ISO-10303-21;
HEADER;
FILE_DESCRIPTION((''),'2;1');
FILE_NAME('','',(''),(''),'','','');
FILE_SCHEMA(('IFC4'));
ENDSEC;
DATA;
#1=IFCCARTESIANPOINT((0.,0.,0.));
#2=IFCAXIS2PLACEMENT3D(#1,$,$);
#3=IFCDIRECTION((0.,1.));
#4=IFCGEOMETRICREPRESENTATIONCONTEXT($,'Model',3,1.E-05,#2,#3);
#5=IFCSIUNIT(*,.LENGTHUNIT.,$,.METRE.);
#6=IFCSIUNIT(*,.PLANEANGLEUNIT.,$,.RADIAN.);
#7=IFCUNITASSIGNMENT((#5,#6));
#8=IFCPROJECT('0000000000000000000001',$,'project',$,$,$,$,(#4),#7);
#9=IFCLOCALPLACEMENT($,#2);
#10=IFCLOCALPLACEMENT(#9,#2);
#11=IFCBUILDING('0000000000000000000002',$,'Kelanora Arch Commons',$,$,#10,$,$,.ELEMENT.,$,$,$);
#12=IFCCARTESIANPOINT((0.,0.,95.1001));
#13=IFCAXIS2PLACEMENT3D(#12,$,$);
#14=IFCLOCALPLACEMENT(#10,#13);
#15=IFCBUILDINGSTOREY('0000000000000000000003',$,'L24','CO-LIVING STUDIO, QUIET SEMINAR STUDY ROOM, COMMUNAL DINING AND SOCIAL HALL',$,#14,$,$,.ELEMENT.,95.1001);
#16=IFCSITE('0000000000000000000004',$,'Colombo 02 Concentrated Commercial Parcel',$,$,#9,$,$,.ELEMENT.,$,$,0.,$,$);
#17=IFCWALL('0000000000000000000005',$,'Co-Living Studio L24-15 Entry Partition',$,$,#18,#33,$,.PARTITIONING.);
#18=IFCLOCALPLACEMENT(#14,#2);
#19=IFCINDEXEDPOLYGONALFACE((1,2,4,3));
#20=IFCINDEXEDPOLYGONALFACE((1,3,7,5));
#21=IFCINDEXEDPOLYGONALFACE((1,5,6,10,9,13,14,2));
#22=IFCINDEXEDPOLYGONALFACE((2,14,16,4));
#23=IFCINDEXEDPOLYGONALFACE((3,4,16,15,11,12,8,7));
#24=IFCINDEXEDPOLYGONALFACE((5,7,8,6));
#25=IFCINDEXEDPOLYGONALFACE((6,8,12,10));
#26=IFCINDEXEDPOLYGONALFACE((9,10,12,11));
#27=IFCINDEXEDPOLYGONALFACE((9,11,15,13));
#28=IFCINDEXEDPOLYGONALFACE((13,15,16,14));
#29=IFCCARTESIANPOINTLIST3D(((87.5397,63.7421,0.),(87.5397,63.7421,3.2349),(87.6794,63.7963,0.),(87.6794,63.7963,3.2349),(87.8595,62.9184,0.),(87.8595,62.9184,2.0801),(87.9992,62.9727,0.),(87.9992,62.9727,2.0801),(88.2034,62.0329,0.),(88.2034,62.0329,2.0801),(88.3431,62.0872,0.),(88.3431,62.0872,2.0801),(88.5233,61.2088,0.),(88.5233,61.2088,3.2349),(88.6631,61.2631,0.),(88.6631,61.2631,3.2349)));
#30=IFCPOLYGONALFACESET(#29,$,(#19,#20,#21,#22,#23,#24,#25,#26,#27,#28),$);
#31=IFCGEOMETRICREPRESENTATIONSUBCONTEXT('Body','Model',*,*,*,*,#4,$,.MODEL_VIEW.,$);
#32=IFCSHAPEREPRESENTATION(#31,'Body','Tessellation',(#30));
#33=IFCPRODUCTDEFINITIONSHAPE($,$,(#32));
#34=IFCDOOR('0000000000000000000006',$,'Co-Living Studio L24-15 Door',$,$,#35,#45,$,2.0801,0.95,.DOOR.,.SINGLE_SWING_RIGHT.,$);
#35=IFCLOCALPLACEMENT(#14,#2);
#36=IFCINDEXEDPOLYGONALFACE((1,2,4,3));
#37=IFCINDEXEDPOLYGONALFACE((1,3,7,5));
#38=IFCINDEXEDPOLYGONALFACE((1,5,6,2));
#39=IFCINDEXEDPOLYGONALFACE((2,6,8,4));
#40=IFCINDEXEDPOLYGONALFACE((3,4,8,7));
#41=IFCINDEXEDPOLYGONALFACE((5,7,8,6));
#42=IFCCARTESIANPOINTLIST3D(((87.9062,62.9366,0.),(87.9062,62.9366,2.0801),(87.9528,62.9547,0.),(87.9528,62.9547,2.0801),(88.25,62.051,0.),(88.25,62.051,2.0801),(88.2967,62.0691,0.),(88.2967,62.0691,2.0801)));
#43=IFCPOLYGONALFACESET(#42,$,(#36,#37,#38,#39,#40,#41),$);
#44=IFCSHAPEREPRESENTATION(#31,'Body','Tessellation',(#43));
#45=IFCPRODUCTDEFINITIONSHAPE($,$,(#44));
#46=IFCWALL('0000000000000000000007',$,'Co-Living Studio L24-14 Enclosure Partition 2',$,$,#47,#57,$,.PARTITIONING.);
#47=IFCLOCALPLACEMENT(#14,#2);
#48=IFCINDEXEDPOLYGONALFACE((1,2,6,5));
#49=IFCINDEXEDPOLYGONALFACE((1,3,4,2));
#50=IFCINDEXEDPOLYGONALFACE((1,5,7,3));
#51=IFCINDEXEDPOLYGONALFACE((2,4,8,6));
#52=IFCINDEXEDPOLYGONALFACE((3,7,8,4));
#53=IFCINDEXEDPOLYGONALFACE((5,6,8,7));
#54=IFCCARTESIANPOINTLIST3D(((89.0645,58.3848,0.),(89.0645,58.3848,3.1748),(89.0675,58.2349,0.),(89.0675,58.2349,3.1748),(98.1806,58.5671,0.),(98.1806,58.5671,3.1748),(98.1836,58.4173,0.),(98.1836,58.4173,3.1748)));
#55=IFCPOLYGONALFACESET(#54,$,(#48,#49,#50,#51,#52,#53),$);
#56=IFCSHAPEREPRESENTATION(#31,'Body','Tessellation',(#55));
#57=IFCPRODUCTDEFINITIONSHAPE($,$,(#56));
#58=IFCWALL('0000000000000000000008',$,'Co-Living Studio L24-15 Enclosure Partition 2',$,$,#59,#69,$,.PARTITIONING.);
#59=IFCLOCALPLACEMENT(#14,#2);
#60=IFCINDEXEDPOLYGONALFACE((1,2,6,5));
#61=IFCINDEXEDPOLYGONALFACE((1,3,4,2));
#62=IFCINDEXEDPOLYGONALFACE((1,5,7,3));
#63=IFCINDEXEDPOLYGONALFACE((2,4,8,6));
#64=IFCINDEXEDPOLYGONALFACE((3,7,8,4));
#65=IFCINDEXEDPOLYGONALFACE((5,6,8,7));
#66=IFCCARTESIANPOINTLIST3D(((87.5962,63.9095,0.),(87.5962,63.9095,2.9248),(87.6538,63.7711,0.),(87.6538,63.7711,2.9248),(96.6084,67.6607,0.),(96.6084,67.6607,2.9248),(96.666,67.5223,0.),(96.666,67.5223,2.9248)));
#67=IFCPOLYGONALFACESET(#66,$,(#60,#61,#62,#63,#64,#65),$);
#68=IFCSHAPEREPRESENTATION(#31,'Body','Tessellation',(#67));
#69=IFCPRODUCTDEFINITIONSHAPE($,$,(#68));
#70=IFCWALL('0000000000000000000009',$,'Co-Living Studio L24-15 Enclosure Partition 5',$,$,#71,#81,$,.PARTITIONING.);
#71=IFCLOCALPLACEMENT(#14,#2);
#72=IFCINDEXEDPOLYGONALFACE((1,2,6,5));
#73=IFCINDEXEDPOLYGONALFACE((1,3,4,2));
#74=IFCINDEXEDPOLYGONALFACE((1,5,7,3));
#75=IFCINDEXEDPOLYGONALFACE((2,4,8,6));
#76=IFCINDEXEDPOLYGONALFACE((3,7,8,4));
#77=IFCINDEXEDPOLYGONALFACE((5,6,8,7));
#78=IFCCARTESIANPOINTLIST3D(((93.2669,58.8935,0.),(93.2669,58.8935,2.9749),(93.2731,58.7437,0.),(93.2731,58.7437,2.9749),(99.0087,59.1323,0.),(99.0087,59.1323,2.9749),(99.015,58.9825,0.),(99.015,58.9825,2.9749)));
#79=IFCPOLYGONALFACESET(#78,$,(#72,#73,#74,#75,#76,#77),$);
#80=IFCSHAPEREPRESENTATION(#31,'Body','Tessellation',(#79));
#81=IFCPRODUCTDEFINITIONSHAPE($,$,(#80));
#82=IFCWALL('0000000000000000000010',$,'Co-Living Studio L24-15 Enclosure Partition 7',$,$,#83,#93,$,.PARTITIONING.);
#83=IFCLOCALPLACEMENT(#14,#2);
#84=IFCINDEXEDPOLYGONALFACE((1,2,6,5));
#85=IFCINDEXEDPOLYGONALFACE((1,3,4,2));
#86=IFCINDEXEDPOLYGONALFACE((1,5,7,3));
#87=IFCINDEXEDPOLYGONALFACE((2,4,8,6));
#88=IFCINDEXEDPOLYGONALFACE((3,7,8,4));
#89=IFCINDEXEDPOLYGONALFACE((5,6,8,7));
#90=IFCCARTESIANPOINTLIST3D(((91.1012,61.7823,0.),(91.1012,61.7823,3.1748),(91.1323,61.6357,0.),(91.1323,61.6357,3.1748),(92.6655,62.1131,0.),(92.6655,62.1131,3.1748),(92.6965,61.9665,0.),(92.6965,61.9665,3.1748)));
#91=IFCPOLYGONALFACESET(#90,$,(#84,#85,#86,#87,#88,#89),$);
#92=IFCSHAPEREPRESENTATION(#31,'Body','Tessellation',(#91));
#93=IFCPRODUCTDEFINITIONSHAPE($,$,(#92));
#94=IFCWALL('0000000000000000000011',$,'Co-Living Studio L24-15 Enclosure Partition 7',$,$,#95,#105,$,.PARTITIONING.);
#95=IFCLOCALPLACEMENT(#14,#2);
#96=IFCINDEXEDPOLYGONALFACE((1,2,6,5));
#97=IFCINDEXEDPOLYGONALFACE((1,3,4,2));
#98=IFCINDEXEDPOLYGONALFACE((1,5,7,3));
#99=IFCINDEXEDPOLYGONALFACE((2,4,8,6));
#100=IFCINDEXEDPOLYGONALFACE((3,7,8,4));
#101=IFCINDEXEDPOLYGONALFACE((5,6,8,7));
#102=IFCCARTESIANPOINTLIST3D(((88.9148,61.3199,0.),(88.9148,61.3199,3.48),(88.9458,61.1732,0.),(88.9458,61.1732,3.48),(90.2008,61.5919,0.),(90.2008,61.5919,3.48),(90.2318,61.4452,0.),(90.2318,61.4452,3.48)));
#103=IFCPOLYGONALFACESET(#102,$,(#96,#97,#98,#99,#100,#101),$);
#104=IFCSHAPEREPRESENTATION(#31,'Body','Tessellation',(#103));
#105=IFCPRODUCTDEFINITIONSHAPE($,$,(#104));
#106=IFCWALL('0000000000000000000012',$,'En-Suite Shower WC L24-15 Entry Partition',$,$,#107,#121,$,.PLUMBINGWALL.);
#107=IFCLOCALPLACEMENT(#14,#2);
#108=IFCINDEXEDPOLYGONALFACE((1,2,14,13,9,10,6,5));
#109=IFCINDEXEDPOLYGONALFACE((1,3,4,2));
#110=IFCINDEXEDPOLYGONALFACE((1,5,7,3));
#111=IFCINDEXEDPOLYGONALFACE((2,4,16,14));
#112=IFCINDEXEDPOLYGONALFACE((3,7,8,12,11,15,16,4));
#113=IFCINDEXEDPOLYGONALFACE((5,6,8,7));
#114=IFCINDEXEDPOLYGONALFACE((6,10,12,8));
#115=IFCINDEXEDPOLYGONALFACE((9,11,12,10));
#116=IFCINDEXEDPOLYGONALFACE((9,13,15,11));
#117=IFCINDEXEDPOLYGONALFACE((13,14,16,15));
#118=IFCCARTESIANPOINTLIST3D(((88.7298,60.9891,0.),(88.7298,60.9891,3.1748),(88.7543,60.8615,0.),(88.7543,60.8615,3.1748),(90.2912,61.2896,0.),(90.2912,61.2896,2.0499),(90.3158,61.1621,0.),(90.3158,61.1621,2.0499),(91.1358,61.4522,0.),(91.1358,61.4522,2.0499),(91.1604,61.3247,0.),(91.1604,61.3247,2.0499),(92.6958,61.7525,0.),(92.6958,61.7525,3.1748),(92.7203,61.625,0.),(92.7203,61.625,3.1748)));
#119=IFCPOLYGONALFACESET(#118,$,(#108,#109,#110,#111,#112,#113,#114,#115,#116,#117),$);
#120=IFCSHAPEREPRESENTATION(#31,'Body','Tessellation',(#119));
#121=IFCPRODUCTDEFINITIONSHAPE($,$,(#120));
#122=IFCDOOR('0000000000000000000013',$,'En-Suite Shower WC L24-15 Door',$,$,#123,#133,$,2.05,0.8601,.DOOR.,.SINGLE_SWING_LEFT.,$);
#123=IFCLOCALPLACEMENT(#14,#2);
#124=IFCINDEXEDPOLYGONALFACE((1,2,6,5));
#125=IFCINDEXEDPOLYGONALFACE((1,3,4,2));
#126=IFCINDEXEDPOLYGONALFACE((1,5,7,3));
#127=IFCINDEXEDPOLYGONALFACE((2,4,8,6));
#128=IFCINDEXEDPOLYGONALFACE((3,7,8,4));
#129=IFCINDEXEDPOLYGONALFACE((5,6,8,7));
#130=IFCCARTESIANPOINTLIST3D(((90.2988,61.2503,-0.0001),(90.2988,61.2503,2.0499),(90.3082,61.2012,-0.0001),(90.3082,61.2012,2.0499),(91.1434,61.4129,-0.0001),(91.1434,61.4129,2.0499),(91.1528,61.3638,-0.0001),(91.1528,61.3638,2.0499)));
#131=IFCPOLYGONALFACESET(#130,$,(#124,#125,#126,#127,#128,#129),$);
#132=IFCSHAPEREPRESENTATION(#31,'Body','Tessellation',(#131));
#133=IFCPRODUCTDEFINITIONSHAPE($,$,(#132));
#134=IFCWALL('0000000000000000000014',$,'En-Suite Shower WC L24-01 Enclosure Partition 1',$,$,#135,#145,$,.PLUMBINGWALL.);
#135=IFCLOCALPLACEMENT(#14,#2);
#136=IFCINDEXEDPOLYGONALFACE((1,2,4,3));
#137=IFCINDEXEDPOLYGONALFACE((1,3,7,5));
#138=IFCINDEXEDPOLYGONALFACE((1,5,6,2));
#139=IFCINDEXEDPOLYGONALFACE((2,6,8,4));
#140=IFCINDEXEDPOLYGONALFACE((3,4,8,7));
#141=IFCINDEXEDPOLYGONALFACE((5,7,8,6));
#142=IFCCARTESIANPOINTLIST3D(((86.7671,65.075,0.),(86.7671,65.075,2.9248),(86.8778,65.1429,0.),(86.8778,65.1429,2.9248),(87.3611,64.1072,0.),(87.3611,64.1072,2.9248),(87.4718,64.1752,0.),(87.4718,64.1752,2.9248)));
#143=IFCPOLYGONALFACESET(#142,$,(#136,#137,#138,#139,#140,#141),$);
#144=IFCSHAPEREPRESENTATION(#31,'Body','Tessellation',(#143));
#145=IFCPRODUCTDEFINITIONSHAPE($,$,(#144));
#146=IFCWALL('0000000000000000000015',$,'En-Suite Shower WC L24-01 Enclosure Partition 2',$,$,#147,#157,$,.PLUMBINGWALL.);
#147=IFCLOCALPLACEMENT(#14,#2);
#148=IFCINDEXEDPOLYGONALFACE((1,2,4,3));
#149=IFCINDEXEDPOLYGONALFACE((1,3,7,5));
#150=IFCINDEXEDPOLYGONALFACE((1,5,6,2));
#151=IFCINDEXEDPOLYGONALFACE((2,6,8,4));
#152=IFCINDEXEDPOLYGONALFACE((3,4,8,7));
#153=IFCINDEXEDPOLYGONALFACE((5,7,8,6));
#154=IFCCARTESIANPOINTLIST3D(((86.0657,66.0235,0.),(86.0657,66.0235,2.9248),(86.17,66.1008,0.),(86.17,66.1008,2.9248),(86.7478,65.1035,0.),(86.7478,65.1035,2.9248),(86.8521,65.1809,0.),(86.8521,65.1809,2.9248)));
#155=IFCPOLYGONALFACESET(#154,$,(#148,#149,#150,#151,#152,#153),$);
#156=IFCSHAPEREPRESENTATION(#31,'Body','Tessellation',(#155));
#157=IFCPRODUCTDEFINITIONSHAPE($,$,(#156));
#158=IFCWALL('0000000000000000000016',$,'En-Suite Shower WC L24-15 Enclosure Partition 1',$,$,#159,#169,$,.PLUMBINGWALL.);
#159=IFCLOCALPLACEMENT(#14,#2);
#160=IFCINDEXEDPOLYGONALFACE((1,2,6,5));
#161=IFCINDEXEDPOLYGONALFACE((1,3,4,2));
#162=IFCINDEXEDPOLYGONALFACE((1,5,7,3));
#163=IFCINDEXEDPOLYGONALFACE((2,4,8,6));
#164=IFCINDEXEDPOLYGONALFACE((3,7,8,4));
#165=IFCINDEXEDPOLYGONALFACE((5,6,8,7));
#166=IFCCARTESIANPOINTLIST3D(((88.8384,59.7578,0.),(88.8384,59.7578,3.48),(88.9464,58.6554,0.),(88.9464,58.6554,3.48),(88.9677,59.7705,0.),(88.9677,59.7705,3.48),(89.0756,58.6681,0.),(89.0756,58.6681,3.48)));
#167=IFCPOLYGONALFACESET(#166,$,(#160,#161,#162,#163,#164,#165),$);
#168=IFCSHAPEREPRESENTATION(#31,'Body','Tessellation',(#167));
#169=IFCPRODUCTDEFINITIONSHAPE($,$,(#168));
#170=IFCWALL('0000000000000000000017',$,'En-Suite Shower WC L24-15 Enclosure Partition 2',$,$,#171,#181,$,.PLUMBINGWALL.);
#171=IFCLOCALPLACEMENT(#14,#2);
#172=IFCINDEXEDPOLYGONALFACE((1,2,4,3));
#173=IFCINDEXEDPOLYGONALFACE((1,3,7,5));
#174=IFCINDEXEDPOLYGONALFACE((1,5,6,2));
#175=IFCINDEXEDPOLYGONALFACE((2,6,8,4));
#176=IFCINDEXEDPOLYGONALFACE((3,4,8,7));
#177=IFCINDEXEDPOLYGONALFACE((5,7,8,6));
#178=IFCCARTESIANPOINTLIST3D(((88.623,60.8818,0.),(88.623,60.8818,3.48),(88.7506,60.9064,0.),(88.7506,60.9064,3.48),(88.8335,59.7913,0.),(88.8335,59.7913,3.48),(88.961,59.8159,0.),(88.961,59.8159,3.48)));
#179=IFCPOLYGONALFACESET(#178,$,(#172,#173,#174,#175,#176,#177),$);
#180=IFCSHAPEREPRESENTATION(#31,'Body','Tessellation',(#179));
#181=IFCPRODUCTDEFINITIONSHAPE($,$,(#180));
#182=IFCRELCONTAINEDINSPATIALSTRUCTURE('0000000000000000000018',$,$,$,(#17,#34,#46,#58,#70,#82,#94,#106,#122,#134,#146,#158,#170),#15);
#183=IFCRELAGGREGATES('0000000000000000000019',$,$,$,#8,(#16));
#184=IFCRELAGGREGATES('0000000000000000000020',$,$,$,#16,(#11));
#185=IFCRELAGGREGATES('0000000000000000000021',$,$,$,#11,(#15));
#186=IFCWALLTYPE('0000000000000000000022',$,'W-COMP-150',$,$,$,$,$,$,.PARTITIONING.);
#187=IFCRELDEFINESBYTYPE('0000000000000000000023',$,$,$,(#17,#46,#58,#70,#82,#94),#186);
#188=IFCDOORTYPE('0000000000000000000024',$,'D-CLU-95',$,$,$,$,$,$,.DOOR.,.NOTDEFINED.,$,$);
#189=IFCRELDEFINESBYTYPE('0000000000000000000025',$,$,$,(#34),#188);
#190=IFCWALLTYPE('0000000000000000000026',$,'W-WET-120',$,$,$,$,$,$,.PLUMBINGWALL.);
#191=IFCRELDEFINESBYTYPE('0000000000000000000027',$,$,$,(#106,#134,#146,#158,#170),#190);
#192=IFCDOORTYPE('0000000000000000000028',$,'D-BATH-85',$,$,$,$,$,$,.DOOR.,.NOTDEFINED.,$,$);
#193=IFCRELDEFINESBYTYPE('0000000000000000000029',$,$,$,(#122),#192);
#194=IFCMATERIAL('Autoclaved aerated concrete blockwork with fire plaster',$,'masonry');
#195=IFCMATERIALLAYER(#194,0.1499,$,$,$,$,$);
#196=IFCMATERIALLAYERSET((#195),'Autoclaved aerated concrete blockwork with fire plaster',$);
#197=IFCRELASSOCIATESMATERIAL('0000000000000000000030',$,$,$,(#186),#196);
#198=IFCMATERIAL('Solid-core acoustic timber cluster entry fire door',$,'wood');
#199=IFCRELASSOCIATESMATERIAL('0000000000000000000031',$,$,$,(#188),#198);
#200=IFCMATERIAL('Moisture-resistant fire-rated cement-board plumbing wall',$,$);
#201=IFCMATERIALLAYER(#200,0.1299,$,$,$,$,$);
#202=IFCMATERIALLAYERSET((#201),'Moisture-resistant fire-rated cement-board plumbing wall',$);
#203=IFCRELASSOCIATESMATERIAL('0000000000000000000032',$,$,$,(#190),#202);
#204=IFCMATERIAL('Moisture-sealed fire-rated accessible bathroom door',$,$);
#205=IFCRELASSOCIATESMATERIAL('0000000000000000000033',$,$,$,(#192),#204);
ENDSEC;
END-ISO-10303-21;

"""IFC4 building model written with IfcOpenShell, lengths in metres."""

from ifc_helpers import new_model, si_unit, direction, frame, frame_2d, origin, place, context, subcontext, project, spatial, rectangle, extrude, material, layer, layer_set, type_object, element, fill, save


model = new_model("IFC4")

# Units and contexts
model_context = context("Model", 3, precision=1e-05, world=origin(), true_north=direction((0.0, 1.0)))
body_context = subcontext(model_context, "Body", "Model", "MODEL_VIEW")
ifc_project = project(units=[si_unit("LENGTHUNIT", "METRE"), si_unit("PLANEANGLEUNIT", "RADIAN")], contexts=[model_context])

# Site, building, storey
site_placement = place(None, origin())
site = spatial("IfcSite", under=ifc_project, at=site_placement, Name="Colombo 02 Concentrated Commercial Parcel", CompositionType="ELEMENT", RefElevation=0.0)
building_placement = place(site_placement, origin())
building = spatial("IfcBuilding", under=site, at=building_placement, Name="Kelanora Arch Commons", CompositionType="ELEMENT")
storey_placement = place(building_placement, frame((0.0, 0.0, 95.1001)))
storey = spatial("IfcBuildingStorey", under=building, at=storey_placement, Name="L24", Description="CO-LIVING STUDIO, QUIET SEMINAR STUDY ROOM, COMMUNAL DINING AND SOCIAL HALL", CompositionType="ELEMENT", Elevation=95.1001)

# Wall, opening, door
ifc_material_1 = material(Name="Autoclaved aerated concrete blockwork with fire plaster", Category="masonry")
ifc_layer_1 = layer(ifc_material_1, 0.1499)
ifc_layer_set_1 = layer_set([ifc_layer_1], Name="Autoclaved aerated concrete blockwork with fire plaster")
wall_type_1 = type_object("IfcWallType", Name="W-COMP-150", PredefinedType="PARTITIONING", material=ifc_layer_set_1)
wall_1_placement = place(storey_placement, frame((88.5933, 61.2358, 0.0), z_axis=(0.0, 0.0, 1.0), x_axis=(-0.361969, 0.93219, 0.0)))
wall_1 = element("IfcWall", 1, at=wall_1_placement, inside=storey, type_object=wall_type_1, Name="Co-Living Studio L24-15 Entry Partition", PredefinedType="PARTITIONING", context=body_context, shape_type="SweptSolid", body=[
    extrude(rectangle(XDim=2.7175, YDim=0.1499, at=frame_2d((1.3589, 0.0))), origin(), (0.0, 0.0, 1.0), 3.2349),
])
opening_1_placement = place(wall_1_placement, frame((0.884, 0.0, 0.0)))
opening_1 = element("IfcOpeningElement", 2, at=opening_1_placement, cuts=wall_1, PredefinedType="OPENING", context=body_context, shape_type="SweptSolid", body=[
    extrude(rectangle(XDim=0.95, YDim=2.0801, at=frame_2d((0.4751, 1.04))), frame((0.0, 0.085, 0.0), z_axis=(0.0, -1.0, 0.0), x_axis=(1.0, 0.0, 0.0)), (0.0, 0.0, 1.0), 0.1699),
])
ifc_material_2 = material(Name="Solid-core acoustic timber cluster entry fire door", Category="wood")
door_type_1 = type_object("IfcDoorType", Name="D-CLU-95", OperationType="NOTDEFINED", PredefinedType="DOOR", material=ifc_material_2)
door_1_placement = place(opening_1_placement, origin())
door_1 = element("IfcDoor", 3, at=door_1_placement, inside=storey, type_object=door_type_1, Name="Co-Living Studio L24-15 Door", OperationType="SINGLE_SWING_RIGHT", OverallHeight=2.0801, OverallWidth=0.95, PredefinedType="DOOR", context=body_context, shape_type="SweptSolid", body=[
    extrude(rectangle(XDim=0.95, YDim=2.0801, at=frame_2d((0.4751, 1.04))), frame((0.0, 0.0249, 0.0), z_axis=(0.0, -1.0, 0.0), x_axis=(1.0, 0.0, 0.0)), (0.0, 0.0, 1.0), 0.05),
])
fill(opening_1, door_1)

# Walls
wall_2_placement = place(storey_placement, frame((89.0659, 58.3098, 0.0), z_axis=(0.0, 0.0, 1.0), x_axis=(0.9998, 0.020001, 0.0)))
element("IfcWall", 4, at=wall_2_placement, inside=storey, type_object=wall_type_1, Name="Co-Living Studio L24-14 Enclosure Partition 2", PredefinedType="PARTITIONING", context=body_context, shape_type="SweptSolid", body=[
    extrude(rectangle(XDim=9.1179, YDim=0.1499, at=frame_2d((4.5591, 0.0))), origin(), (0.0, 0.0, 1.0), 3.1748),
])
wall_3_placement = place(storey_placement, frame((87.625, 63.8403, 0.0), z_axis=(0.0, 0.0, 1.0), x_axis=(0.923217, 0.384278, 0.0)))
element("IfcWall", 5, at=wall_3_placement, inside=storey, type_object=wall_type_1, Name="Co-Living Studio L24-15 Enclosure Partition 2", PredefinedType="PARTITIONING", context=body_context, shape_type="SweptSolid", body=[
    extrude(rectangle(XDim=9.7617, YDim=0.1499, at=frame_2d((4.8809, 0.0))), origin(), (0.0, 0.0, 1.0), 2.9248),
])
wall_4_placement = place(storey_placement, frame((99.012, 59.0574, 0.0), z_axis=(0.0, 0.0, 1.0), x_axis=(-0.999137, -0.041547, 0.0)))
element("IfcWall", 6, at=wall_4_placement, inside=storey, type_object=wall_type_1, Name="Co-Living Studio L24-15 Enclosure Partition 5", PredefinedType="PARTITIONING", context=body_context, shape_type="SweptSolid", body=[
    extrude(rectangle(XDim=5.7468, YDim=0.1499, at=frame_2d((2.8735, 0.0))), origin(), (0.0, 0.0, 1.0), 2.9749),
])
wall_5_placement = place(storey_placement, frame((92.6809, 62.0398, 0.0), z_axis=(0.0, 0.0, 1.0), x_axis=(-0.97836, -0.206911, 0.0)))
element("IfcWall", 7, at=wall_5_placement, inside=storey, type_object=wall_type_1, Name="Co-Living Studio L24-15 Enclosure Partition 7", PredefinedType="PARTITIONING", context=body_context, shape_type="SweptSolid", body=[
    extrude(rectangle(XDim=1.5989, YDim=0.1499, at=frame_2d((0.7993, 0.0))), origin(), (0.0, 0.0, 1.0), 3.1748),
])
wall_6_placement = place(storey_placement, frame((90.2163, 61.5186, 0.0), z_axis=(0.0, 0.0, 1.0), x_axis=(-0.978356, -0.206928, 0.0)))
element("IfcWall", 8, at=wall_6_placement, inside=storey, type_object=wall_type_1, Name="Co-Living Studio L24-15 Enclosure Partition 7", PredefinedType="PARTITIONING", context=body_context, shape_type="SweptSolid", body=[
    extrude(rectangle(XDim=1.3145, YDim=0.1499, at=frame_2d((0.6572, 0.0))), origin(), (0.0, 0.0, 1.0), 3.48),
])

# Wall, opening, door
ifc_material_3 = material(Name="Moisture-resistant fire-rated cement-board plumbing wall")
ifc_layer_2 = layer(ifc_material_3, 0.1299)
ifc_layer_set_2 = layer_set([ifc_layer_2], Name="Moisture-resistant fire-rated cement-board plumbing wall")
wall_type_2 = type_object("IfcWallType", Name="W-WET-120", PredefinedType="PLUMBINGWALL", material=ifc_layer_set_2)
wall_7_placement = place(storey_placement, frame((88.7419, 60.9253, 0.0), z_axis=(0.0, 0.0, 1.0), x_axis=(0.981973, 0.18902, 0.0)))
wall_7 = element("IfcWall", 9, at=wall_7_placement, inside=storey, type_object=wall_type_2, Name="En-Suite Shower WC L24-15 Entry Partition", PredefinedType="PLUMBINGWALL", context=body_context, shape_type="SweptSolid", body=[
    extrude(rectangle(XDim=4.0388, YDim=0.1299, at=frame_2d((2.0195, 0.0))), origin(), (0.0, 0.0, 1.0), 3.1748),
])
opening_2_placement = place(wall_7_placement, frame((1.5901, 0.0, 0.0)))
opening_2 = element("IfcOpeningElement", 10, at=opening_2_placement, cuts=wall_7, PredefinedType="OPENING", context=body_context, shape_type="SweptSolid", body=[
    extrude(rectangle(XDim=0.8601, YDim=2.05, at=frame_2d((0.4302, 1.0249))), frame((0.0, 0.075, 0.0), z_axis=(0.0, -1.0, 0.0), x_axis=(1.0, 0.0, 0.0)), (0.0, 0.0, 1.0), 0.1499),
])
ifc_material_4 = material(Name="Moisture-sealed fire-rated accessible bathroom door")
door_type_2 = type_object("IfcDoorType", Name="D-BATH-85", OperationType="NOTDEFINED", PredefinedType="DOOR", material=ifc_material_4)
door_2_placement = place(opening_2_placement, origin())
door_2 = element("IfcDoor", 11, at=door_2_placement, inside=storey, type_object=door_type_2, Name="En-Suite Shower WC L24-15 Door", OperationType="SINGLE_SWING_LEFT", OverallHeight=2.05, OverallWidth=0.8601, PredefinedType="DOOR", context=body_context, shape_type="SweptSolid", body=[
    extrude(rectangle(XDim=0.8601, YDim=2.05, at=frame_2d((0.4302, 1.0249))), frame((0.0, 0.0249, 0.0), z_axis=(0.0, -1.0, 0.0), x_axis=(1.0, 0.0, 0.0)), (0.0, 0.0, 1.0), 0.05),
])
fill(opening_2, door_2)

# Walls
wall_8_placement = place(storey_placement, frame((87.4165, 64.1411, 0.0), z_axis=(0.0, 0.0, 1.0), x_axis=(-0.523101, 0.85227, 0.0)))
element("IfcWall", 12, at=wall_8_placement, inside=storey, type_object=wall_type_2, Name="En-Suite Shower WC L24-01 Enclosure Partition 1", PredefinedType="PLUMBINGWALL", context=body_context, shape_type="SweptSolid", body=[
    extrude(rectangle(XDim=1.1355, YDim=0.1299, at=frame_2d((0.5679, 0.0))), origin(), (0.0, 0.0, 1.0), 2.9248),
])
wall_9_placement = place(storey_placement, frame((86.8, 65.1421, 0.0), z_axis=(0.0, 0.0, 1.0), x_axis=(-0.595625, 0.803263, 0.0)))
element("IfcWall", 13, at=wall_9_placement, inside=storey, type_object=wall_type_2, Name="En-Suite Shower WC L24-01 Enclosure Partition 2", PredefinedType="PLUMBINGWALL", context=body_context, shape_type="SweptSolid", body=[
    extrude(rectangle(XDim=1.1453, YDim=0.1299, at=frame_2d((0.5728, 0.0))), origin(), (0.0, 0.0, 1.0), 2.9248),
])
wall_10_placement = place(storey_placement, frame((89.011, 58.6619, 0.0), z_axis=(0.0, 0.0, 1.0), x_axis=(-0.09743, 0.995242, 0.0)))
element("IfcWall", 14, at=wall_10_placement, inside=storey, type_object=wall_type_2, Name="En-Suite Shower WC L24-15 Enclosure Partition 1", PredefinedType="PLUMBINGWALL", context=body_context, shape_type="SweptSolid", body=[
    extrude(rectangle(XDim=1.1077, YDim=0.1299, at=frame_2d((0.5537, 0.0))), origin(), (0.0, 0.0, 1.0), 3.48),
])
wall_11_placement = place(storey_placement, frame((88.8972, 59.8037, 0.0), z_axis=(0.0, 0.0, 1.0), x_axis=(-0.189475, 0.981886, 0.0)))
element("IfcWall", 15, at=wall_11_placement, inside=storey, type_object=wall_type_2, Name="En-Suite Shower WC L24-15 Enclosure Partition 2", PredefinedType="PLUMBINGWALL", context=body_context, shape_type="SweptSolid", body=[
    extrude(rectangle(XDim=1.1106, YDim=0.1299, at=frame_2d((0.5552, 0.0))), origin(), (0.0, 0.0, 1.0), 3.48),
])

save(model, "model.ifc")
